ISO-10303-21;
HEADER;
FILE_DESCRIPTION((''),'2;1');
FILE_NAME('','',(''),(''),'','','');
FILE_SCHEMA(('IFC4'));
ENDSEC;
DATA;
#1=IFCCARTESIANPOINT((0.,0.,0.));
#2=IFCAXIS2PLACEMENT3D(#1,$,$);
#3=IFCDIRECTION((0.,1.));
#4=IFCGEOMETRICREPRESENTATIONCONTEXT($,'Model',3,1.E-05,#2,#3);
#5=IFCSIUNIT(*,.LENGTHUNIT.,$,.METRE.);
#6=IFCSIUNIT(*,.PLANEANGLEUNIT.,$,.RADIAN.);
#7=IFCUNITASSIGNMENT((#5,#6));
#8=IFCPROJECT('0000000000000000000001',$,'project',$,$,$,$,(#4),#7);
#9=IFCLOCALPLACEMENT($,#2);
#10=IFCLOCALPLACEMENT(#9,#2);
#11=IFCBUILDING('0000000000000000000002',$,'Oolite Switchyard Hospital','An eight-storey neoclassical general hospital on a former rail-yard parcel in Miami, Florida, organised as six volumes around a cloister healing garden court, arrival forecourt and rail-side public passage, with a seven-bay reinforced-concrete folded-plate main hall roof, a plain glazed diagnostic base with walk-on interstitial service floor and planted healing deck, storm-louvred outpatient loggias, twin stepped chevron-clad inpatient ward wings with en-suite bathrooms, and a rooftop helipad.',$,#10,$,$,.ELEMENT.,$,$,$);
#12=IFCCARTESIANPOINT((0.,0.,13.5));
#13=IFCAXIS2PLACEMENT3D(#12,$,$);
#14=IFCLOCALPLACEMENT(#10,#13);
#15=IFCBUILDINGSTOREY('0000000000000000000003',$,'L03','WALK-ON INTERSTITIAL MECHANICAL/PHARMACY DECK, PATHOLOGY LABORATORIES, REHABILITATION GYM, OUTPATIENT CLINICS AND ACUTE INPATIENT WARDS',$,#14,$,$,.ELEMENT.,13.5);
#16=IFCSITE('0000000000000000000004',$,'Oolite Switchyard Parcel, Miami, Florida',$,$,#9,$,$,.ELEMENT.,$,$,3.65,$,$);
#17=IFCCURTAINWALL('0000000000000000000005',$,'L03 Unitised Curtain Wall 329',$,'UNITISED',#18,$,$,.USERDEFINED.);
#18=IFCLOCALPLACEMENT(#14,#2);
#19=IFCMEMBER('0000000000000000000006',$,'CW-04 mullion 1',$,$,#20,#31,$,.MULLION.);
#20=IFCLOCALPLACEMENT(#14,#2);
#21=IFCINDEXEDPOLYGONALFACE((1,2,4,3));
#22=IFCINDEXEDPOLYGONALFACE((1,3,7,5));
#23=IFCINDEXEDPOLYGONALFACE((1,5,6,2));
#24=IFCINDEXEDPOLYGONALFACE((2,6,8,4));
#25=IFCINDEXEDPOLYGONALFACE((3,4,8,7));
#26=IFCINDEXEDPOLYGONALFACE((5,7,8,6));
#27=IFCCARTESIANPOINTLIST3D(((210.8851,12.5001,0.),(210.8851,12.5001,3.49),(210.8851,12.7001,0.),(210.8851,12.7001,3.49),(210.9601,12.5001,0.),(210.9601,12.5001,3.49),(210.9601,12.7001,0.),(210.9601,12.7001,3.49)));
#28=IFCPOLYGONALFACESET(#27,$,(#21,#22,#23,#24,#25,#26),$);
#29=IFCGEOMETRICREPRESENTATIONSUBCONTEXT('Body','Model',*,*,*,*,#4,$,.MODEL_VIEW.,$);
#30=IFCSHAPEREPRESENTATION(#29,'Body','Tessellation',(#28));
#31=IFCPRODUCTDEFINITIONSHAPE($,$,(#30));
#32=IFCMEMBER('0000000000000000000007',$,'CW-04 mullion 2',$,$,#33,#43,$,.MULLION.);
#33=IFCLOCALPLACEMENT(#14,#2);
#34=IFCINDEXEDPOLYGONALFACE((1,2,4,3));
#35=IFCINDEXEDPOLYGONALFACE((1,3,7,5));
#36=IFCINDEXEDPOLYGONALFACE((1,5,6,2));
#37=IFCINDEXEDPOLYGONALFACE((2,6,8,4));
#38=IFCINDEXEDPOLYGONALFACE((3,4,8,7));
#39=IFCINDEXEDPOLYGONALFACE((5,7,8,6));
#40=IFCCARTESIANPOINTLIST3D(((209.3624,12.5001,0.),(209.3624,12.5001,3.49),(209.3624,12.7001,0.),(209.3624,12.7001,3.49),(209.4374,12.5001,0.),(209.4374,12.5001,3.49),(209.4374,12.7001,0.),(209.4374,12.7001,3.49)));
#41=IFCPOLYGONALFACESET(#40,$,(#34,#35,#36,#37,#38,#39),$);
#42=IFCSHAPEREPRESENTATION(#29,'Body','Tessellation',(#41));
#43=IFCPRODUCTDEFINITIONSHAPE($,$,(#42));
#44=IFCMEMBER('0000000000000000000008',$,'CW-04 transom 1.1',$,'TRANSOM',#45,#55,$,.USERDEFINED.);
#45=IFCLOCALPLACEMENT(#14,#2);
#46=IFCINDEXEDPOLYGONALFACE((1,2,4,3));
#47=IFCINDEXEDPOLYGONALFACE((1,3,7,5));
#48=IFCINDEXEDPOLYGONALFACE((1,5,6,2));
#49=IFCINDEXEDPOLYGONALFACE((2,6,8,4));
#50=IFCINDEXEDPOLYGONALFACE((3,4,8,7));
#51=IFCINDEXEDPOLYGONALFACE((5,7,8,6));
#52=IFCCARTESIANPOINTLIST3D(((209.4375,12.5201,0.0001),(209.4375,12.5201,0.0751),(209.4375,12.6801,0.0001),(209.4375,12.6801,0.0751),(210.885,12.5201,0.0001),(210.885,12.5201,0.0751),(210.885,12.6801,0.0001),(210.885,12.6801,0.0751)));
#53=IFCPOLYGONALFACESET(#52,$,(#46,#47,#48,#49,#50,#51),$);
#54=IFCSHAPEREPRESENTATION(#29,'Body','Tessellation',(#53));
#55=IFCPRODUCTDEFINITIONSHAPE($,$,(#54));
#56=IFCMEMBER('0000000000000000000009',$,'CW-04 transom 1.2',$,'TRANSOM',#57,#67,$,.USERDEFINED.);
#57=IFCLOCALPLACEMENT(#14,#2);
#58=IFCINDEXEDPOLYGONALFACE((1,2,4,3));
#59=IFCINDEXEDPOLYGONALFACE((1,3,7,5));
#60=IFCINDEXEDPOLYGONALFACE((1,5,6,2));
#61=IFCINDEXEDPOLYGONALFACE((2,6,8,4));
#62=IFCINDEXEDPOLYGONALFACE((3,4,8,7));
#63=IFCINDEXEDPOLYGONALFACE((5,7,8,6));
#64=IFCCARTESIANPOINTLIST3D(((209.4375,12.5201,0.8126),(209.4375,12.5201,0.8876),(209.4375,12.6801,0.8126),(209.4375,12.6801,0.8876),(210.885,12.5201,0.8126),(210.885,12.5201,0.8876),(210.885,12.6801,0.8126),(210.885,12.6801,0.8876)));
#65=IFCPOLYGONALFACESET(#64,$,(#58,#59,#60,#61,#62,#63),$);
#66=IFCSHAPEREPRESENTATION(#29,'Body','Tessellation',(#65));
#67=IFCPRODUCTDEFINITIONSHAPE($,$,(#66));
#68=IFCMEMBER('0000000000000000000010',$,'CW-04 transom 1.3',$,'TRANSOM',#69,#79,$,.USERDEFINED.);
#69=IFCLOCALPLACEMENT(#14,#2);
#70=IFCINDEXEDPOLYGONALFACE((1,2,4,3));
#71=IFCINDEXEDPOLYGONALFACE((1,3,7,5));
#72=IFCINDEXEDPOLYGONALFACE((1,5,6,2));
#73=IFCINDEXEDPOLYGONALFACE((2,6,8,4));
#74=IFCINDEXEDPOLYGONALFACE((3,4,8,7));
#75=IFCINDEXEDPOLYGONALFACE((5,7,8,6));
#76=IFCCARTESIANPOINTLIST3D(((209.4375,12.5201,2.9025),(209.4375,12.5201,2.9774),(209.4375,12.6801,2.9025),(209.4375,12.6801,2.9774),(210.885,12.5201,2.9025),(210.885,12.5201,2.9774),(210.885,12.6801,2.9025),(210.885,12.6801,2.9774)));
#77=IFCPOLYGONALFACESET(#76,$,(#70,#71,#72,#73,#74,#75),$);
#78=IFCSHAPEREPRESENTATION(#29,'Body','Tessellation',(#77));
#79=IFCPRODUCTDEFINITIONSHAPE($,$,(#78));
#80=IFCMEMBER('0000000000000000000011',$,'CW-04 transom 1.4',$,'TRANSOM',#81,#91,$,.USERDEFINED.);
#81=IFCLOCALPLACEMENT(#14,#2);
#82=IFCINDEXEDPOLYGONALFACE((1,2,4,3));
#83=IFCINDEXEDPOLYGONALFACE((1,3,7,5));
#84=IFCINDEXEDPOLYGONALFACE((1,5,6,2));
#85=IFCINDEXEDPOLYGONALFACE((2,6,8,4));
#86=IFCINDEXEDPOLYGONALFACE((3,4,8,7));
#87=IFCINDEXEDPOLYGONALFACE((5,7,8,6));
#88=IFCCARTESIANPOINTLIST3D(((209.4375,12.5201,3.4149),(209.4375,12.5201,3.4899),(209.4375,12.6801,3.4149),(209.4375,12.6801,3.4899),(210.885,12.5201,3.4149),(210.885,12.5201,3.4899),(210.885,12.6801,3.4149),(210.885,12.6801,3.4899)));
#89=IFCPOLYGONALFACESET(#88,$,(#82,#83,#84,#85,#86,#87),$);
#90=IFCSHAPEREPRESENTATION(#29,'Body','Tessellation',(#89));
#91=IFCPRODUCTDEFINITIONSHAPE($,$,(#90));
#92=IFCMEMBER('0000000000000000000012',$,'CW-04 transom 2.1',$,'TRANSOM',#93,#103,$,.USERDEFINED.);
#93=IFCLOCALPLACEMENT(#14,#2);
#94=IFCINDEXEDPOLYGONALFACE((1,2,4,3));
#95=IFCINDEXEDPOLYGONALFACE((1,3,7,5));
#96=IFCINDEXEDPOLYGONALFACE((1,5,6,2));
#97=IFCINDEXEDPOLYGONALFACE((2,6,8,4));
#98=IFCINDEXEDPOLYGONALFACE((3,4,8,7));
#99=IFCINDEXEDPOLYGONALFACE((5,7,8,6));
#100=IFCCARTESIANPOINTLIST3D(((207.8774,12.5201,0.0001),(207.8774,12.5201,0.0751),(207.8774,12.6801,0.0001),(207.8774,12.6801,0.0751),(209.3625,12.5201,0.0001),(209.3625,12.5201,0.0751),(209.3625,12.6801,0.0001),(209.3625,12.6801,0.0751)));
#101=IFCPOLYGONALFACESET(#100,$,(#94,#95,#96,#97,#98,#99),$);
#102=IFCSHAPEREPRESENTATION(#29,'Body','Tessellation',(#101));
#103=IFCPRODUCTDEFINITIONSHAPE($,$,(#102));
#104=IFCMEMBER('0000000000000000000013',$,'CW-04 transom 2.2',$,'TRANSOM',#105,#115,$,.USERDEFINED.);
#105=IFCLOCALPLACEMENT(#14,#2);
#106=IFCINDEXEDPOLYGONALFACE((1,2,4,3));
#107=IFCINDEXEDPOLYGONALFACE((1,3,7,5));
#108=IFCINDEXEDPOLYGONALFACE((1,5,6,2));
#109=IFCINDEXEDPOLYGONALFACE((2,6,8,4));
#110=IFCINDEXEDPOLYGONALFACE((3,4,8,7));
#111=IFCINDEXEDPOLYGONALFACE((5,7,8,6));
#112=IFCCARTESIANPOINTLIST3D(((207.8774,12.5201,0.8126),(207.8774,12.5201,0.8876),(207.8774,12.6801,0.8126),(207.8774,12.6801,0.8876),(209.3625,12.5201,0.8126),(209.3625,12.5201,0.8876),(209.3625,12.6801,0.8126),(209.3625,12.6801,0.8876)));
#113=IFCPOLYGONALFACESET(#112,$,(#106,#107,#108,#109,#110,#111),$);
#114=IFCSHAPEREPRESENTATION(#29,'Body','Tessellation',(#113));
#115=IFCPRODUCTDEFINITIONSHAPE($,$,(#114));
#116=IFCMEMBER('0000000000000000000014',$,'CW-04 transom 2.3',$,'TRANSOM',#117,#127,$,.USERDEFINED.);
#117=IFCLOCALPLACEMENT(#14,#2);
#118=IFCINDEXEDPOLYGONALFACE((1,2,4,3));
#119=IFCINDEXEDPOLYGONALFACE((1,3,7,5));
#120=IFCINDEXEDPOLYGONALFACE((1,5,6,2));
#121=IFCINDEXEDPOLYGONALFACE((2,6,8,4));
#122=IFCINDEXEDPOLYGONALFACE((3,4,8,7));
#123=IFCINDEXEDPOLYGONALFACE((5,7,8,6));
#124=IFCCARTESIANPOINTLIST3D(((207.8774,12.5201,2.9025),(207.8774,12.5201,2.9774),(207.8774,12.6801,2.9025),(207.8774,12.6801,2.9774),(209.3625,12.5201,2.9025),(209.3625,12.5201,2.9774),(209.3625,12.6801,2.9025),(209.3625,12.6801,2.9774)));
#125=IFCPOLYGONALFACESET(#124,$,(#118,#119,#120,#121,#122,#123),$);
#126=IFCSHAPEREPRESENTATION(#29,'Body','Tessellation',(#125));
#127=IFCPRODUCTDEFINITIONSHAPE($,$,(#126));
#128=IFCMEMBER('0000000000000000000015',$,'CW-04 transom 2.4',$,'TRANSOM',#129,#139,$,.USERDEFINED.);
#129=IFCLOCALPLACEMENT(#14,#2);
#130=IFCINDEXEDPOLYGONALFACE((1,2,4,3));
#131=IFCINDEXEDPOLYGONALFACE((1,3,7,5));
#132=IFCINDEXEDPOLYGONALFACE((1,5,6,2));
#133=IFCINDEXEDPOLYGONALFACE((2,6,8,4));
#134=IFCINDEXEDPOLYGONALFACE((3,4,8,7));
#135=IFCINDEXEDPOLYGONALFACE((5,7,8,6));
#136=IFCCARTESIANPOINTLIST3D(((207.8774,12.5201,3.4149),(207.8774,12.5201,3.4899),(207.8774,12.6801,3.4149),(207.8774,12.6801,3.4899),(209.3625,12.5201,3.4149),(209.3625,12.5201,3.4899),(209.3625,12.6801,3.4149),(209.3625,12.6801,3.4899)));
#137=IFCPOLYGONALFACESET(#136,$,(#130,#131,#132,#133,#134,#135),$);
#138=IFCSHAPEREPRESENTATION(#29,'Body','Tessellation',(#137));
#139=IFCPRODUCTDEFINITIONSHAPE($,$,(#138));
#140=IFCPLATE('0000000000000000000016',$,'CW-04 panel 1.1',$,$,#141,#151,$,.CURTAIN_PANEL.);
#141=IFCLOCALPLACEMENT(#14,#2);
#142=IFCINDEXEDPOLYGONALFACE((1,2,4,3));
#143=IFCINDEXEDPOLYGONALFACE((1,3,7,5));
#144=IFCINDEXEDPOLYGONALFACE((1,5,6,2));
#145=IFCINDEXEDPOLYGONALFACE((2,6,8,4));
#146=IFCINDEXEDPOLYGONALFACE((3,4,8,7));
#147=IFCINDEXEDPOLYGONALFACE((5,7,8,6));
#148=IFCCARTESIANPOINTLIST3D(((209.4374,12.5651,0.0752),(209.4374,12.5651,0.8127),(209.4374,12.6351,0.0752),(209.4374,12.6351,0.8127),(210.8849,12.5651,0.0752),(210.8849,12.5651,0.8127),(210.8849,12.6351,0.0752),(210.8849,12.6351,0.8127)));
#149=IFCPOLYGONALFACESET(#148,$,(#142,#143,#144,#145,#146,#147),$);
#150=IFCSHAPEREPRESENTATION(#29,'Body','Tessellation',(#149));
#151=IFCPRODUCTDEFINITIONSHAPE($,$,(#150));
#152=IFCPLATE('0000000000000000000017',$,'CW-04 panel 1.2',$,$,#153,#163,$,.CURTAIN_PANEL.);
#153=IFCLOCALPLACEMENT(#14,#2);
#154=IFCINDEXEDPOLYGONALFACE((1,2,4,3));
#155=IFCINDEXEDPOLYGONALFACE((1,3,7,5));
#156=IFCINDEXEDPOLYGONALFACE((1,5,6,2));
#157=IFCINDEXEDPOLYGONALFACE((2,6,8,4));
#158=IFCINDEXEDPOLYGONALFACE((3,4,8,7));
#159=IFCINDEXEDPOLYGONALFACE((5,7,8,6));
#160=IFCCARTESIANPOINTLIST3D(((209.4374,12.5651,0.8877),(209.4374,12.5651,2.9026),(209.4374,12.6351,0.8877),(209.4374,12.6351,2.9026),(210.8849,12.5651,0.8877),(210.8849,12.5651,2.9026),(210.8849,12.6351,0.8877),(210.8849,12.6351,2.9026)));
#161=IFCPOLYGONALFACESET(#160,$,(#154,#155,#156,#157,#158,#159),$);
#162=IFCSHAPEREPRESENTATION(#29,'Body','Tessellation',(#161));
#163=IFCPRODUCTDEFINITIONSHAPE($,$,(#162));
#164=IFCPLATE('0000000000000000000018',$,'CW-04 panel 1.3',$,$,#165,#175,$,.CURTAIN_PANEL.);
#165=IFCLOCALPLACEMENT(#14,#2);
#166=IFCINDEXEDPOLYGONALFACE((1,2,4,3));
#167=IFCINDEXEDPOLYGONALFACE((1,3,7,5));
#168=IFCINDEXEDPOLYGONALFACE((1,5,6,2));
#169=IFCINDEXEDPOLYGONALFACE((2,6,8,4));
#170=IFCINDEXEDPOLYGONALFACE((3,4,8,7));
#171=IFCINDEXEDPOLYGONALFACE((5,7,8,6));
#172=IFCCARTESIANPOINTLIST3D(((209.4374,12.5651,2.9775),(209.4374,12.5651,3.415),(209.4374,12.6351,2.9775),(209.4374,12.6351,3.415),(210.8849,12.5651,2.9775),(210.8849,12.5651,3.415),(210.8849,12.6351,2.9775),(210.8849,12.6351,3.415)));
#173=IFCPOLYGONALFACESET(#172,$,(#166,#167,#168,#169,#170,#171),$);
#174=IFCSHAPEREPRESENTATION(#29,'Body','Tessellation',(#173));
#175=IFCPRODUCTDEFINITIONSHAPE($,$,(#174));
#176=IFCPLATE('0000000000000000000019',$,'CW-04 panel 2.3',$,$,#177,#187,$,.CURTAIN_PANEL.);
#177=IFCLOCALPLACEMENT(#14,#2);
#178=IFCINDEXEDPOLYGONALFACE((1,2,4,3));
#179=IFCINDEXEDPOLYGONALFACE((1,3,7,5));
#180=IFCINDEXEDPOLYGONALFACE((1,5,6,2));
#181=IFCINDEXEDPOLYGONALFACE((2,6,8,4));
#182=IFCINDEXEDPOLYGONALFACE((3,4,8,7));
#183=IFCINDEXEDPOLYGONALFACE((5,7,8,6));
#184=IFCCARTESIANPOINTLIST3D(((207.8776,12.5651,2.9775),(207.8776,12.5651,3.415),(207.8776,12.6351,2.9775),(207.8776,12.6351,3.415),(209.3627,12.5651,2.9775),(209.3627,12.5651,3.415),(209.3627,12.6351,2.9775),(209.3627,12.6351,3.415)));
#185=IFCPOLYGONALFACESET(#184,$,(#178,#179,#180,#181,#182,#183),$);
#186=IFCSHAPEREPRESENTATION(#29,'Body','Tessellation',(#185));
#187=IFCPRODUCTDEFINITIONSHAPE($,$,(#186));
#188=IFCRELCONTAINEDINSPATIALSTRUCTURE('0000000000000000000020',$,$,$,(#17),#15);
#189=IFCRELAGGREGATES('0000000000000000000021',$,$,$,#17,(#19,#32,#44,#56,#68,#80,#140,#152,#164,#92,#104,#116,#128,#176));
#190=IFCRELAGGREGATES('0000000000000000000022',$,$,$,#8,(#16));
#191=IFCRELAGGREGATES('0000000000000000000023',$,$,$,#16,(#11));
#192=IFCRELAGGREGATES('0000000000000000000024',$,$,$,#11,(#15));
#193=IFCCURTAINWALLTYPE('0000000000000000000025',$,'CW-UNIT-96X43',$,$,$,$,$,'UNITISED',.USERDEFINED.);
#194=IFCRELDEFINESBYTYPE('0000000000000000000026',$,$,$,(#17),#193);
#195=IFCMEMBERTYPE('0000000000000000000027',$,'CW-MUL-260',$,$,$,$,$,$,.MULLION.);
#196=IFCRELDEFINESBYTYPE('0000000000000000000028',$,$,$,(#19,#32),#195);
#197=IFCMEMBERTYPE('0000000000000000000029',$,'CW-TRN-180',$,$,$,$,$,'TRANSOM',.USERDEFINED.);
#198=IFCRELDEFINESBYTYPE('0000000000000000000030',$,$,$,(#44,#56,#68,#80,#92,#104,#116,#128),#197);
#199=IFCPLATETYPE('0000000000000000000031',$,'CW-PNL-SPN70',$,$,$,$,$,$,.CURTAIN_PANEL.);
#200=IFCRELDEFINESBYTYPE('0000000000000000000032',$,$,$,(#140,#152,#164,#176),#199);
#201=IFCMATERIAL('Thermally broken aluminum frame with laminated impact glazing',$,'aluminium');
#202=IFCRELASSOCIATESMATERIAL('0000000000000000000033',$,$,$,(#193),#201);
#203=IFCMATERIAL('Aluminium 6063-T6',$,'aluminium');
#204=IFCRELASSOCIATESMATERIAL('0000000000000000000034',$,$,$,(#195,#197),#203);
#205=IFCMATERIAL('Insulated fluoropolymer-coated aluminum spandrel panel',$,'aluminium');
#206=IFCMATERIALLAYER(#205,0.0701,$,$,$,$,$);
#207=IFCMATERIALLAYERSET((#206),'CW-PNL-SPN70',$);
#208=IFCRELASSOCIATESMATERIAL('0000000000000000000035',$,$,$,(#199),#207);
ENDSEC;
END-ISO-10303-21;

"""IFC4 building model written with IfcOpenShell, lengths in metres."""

from ifc_helpers import new_model, si_unit, direction, frame, origin, origin_2d, place, context, subcontext, project, spatial, rectangle, extrude, material, layer, layer_set, material_profile, profile_set, type_object, element, aggregate, save


model = new_model("IFC4")

# Units and contexts
model_context = context("Model", 3, precision=1e-05, world=origin(), true_north=direction((0.0, 1.0)))
body_context = subcontext(model_context, "Body", "Model", "MODEL_VIEW")
ifc_project = project(units=[si_unit("LENGTHUNIT", "METRE"), si_unit("PLANEANGLEUNIT", "RADIAN")], contexts=[model_context])

# Site, building, storey
site_placement = place(None, origin())
site = spatial("IfcSite", under=ifc_project, at=site_placement, Name="Oolite Switchyard Parcel, Miami, Florida", CompositionType="ELEMENT", RefElevation=3.65)
building_placement = place(site_placement, origin())
building = spatial("IfcBuilding", under=site, at=building_placement, Name="Oolite Switchyard Hospital", Description="An eight-storey neoclassical general hospital on a former rail-yard parcel in Miami, Florida, organised as six volumes around a cloister healing garden court, arrival forecourt and rail-side public passage, with a seven-bay reinforced-concrete folded-plate main hall roof, a plain glazed diagnostic base with walk-on interstitial service floor and planted healing deck, storm-louvred outpatient loggias, twin stepped chevron-clad inpatient ward wings with en-suite bathrooms, and a rooftop helipad.", CompositionType="ELEMENT")
storey_placement = place(building_placement, frame((0.0, 0.0, 13.5)))
storey = spatial("IfcBuildingStorey", under=building, at=storey_placement, Name="L03", Description="WALK-ON INTERSTITIAL MECHANICAL/PHARMACY DECK, PATHOLOGY LABORATORIES, REHABILITATION GYM, OUTPATIENT CLINICS AND ACUTE INPATIENT WARDS", CompositionType="ELEMENT", Elevation=13.5)

# Curtain wall, members, plates
ifc_material_1 = material(Name="Thermally broken aluminum frame with laminated impact glazing", Category="aluminium")
curtain_wall_type = type_object("IfcCurtainWallType", Name="CW-UNIT-96X43", ElementType="UNITISED", PredefinedType="USERDEFINED", material=ifc_material_1)
curtain_wall_placement = place(storey_placement, origin())
curtain_wall = element("IfcCurtainWall", 1, at=curtain_wall_placement, inside=storey, type_object=curtain_wall_type, Name="L03 Unitised Curtain Wall 329", ObjectType="UNITISED", PredefinedType="USERDEFINED")
ifc_material_2 = material(Name="Aluminium 6063-T6", Category="aluminium")
ifc_material_profile_1 = material_profile(ifc_material_2, rectangle(XDim=0.2, YDim=0.075, at=origin_2d()), Name="CWM75X200")
ifc_profile_set_1 = profile_set([ifc_material_profile_1], Name="Aluminium 6063-T6")
member_type_1 = type_object("IfcMemberType", Name="CW-MUL-260", PredefinedType="MULLION", material=ifc_profile_set_1)
member_1_placement = place(storey_placement, frame((210.9226, 12.6001, 0.0), z_axis=(0.0, 0.0, 1.0), x_axis=(0.0, -1.0, 0.0)))
member_1 = element("IfcMember", 2, at=member_1_placement, type_object=member_type_1, Name="CW-04 mullion 1", PredefinedType="MULLION", context=body_context, shape_type="SweptSolid", body=[
    extrude(rectangle(XDim=0.2, YDim=0.075, at=origin_2d()), origin(), (0.0, 0.0, 1.0), 3.49),
])
member_2_placement = place(storey_placement, frame((209.3999, 12.6001, 0.0), z_axis=(0.0, 0.0, 1.0), x_axis=(0.0, -1.0, 0.0)))
member_2 = element("IfcMember", 3, at=member_2_placement, type_object=member_type_1, Name="CW-04 mullion 2", PredefinedType="MULLION", context=body_context, shape_type="SweptSolid", body=[
    extrude(rectangle(XDim=0.2, YDim=0.075, at=origin_2d()), origin(), (0.0, 0.0, 1.0), 3.49),
])
ifc_material_profile_2 = material_profile(ifc_material_2, rectangle(XDim=0.1599, YDim=0.075, at=origin_2d()), Name="CWT75X160")
ifc_profile_set_2 = profile_set([ifc_material_profile_2], Name="Aluminium 6063-T6")
member_type_2 = type_object("IfcMemberType", Name="CW-TRN-180", ElementType="TRANSOM", PredefinedType="USERDEFINED", material=ifc_profile_set_2)
member_3_placement = place(storey_placement, frame((210.885, 12.6001, 0.0376), z_axis=(-1.0, 0.0, 0.0), x_axis=(0.0, -1.0, 0.0)))
member_3 = element("IfcMember", 4, at=member_3_placement, type_object=member_type_2, Name="CW-04 transom 1.1", ObjectType="TRANSOM", PredefinedType="USERDEFINED", context=body_context, shape_type="SweptSolid", body=[
    extrude(rectangle(XDim=0.1599, YDim=0.075, at=origin_2d()), origin(), (0.0, 0.0, 1.0), 1.4475),
])
member_4_placement = place(storey_placement, frame((210.885, 12.6001, 0.8501), z_axis=(-1.0, 0.0, 0.0), x_axis=(0.0, -1.0, 0.0)))
member_4 = element("IfcMember", 5, at=member_4_placement, type_object=member_type_2, Name="CW-04 transom 1.2", ObjectType="TRANSOM", PredefinedType="USERDEFINED", context=body_context, shape_type="SweptSolid", body=[
    extrude(rectangle(XDim=0.1599, YDim=0.075, at=origin_2d()), origin(), (0.0, 0.0, 1.0), 1.4475),
])
member_5_placement = place(storey_placement, frame((210.885, 12.6001, 2.9399), z_axis=(-1.0, 0.0, 0.0), x_axis=(0.0, -1.0, 0.0)))
member_5 = element("IfcMember", 6, at=member_5_placement, type_object=member_type_2, Name="CW-04 transom 1.3", ObjectType="TRANSOM", PredefinedType="USERDEFINED", context=body_context, shape_type="SweptSolid", body=[
    extrude(rectangle(XDim=0.1599, YDim=0.075, at=origin_2d()), origin(), (0.0, 0.0, 1.0), 1.4475),
])
member_6_placement = place(storey_placement, frame((210.885, 12.6001, 3.4524), z_axis=(-1.0, 0.0, 0.0), x_axis=(0.0, -1.0, 0.0)))
member_6 = element("IfcMember", 7, at=member_6_placement, type_object=member_type_2, Name="CW-04 transom 1.4", ObjectType="TRANSOM", PredefinedType="USERDEFINED", context=body_context, shape_type="SweptSolid", body=[
    extrude(rectangle(XDim=0.1599, YDim=0.075, at=origin_2d()), origin(), (0.0, 0.0, 1.0), 1.4475),
])
member_7_placement = place(storey_placement, frame((209.3625, 12.6001, 0.0376), z_axis=(-1.0, 0.0, 0.0), x_axis=(0.0, -1.0, 0.0)))
member_7 = element("IfcMember", 8, at=member_7_placement, type_object=member_type_2, Name="CW-04 transom 2.1", ObjectType="TRANSOM", PredefinedType="USERDEFINED", context=body_context, shape_type="SweptSolid", body=[
    extrude(rectangle(XDim=0.1599, YDim=0.075, at=origin_2d()), origin(), (0.0, 0.0, 1.0), 1.4851),
])
member_8_placement = place(storey_placement, frame((209.3625, 12.6001, 0.8501), z_axis=(-1.0, 0.0, 0.0), x_axis=(0.0, -1.0, 0.0)))
member_8 = element("IfcMember", 9, at=member_8_placement, type_object=member_type_2, Name="CW-04 transom 2.2", ObjectType="TRANSOM", PredefinedType="USERDEFINED", context=body_context, shape_type="SweptSolid", body=[
    extrude(rectangle(XDim=0.1599, YDim=0.075, at=origin_2d()), origin(), (0.0, 0.0, 1.0), 1.4851),
])
member_9_placement = place(storey_placement, frame((209.3625, 12.6001, 2.9399), z_axis=(-1.0, 0.0, 0.0), x_axis=(0.0, -1.0, 0.0)))
member_9 = element("IfcMember", 10, at=member_9_placement, type_object=member_type_2, Name="CW-04 transom 2.3", ObjectType="TRANSOM", PredefinedType="USERDEFINED", context=body_context, shape_type="SweptSolid", body=[
    extrude(rectangle(XDim=0.1599, YDim=0.075, at=origin_2d()), origin(), (0.0, 0.0, 1.0), 1.4851),
])
member_10_placement = place(storey_placement, frame((209.3625, 12.6001, 3.4524), z_axis=(-1.0, 0.0, 0.0), x_axis=(0.0, -1.0, 0.0)))
member_10 = element("IfcMember", 11, at=member_10_placement, type_object=member_type_2, Name="CW-04 transom 2.4", ObjectType="TRANSOM", PredefinedType="USERDEFINED", context=body_context, shape_type="SweptSolid", body=[
    extrude(rectangle(XDim=0.1599, YDim=0.075, at=origin_2d()), origin(), (0.0, 0.0, 1.0), 1.4851),
])
ifc_material_3 = material(Name="Insulated fluoropolymer-coated aluminum spandrel panel", Category="aluminium")
ifc_layer_1 = layer(ifc_material_3, 0.0701)
ifc_layer_set_1 = layer_set([ifc_layer_1], Name="CW-PNL-SPN70")
plate_type = type_object("IfcPlateType", Name="CW-PNL-SPN70", PredefinedType="CURTAIN_PANEL", material=ifc_layer_set_1)
plate_1_placement = place(storey_placement, frame((210.1611, 12.6001, 0.0752), z_axis=(0.0, 0.0, 1.0), x_axis=(-1.0, 0.0, 0.0)))
plate_1 = element("IfcPlate", 12, at=plate_1_placement, type_object=plate_type, Name="CW-04 panel 1.1", PredefinedType="CURTAIN_PANEL", context=body_context, shape_type="SweptSolid", body=[
    extrude(rectangle(XDim=1.4475, YDim=0.0701, at=origin_2d()), origin(), (0.0, 0.0, 1.0), 0.7375),
])
plate_2_placement = place(storey_placement, frame((210.1611, 12.6001, 0.8877), z_axis=(0.0, 0.0, 1.0), x_axis=(-1.0, 0.0, 0.0)))
plate_2 = element("IfcPlate", 13, at=plate_2_placement, type_object=plate_type, Name="CW-04 panel 1.2", PredefinedType="CURTAIN_PANEL", context=body_context, shape_type="SweptSolid", body=[
    extrude(rectangle(XDim=1.4475, YDim=0.0701, at=origin_2d()), origin(), (0.0, 0.0, 1.0), 2.0149),
])
plate_3_placement = place(storey_placement, frame((210.1611, 12.6001, 2.9775), z_axis=(0.0, 0.0, 1.0), x_axis=(-1.0, 0.0, 0.0)))
plate_3 = element("IfcPlate", 14, at=plate_3_placement, type_object=plate_type, Name="CW-04 panel 1.3", PredefinedType="CURTAIN_PANEL", context=body_context, shape_type="SweptSolid", body=[
    extrude(rectangle(XDim=1.4475, YDim=0.0701, at=origin_2d()), origin(), (0.0, 0.0, 1.0), 0.4375),
])
plate_4_placement = place(storey_placement, frame((208.6201, 12.6001, 2.9775), z_axis=(0.0, 0.0, 1.0), x_axis=(-1.0, 0.0, 0.0)))
plate_4 = element("IfcPlate", 15, at=plate_4_placement, type_object=plate_type, Name="CW-04 panel 2.3", PredefinedType="CURTAIN_PANEL", context=body_context, shape_type="SweptSolid", body=[
    extrude(rectangle(XDim=1.4851, YDim=0.0701, at=origin_2d()), origin(), (0.0, 0.0, 1.0), 0.4375),
])
aggregate(curtain_wall, [member_1, member_2, member_3, member_4, member_5, member_6, plate_1, plate_2, plate_3, member_7, member_8, member_9, member_10, plate_4])

save(model, "model.ifc")
